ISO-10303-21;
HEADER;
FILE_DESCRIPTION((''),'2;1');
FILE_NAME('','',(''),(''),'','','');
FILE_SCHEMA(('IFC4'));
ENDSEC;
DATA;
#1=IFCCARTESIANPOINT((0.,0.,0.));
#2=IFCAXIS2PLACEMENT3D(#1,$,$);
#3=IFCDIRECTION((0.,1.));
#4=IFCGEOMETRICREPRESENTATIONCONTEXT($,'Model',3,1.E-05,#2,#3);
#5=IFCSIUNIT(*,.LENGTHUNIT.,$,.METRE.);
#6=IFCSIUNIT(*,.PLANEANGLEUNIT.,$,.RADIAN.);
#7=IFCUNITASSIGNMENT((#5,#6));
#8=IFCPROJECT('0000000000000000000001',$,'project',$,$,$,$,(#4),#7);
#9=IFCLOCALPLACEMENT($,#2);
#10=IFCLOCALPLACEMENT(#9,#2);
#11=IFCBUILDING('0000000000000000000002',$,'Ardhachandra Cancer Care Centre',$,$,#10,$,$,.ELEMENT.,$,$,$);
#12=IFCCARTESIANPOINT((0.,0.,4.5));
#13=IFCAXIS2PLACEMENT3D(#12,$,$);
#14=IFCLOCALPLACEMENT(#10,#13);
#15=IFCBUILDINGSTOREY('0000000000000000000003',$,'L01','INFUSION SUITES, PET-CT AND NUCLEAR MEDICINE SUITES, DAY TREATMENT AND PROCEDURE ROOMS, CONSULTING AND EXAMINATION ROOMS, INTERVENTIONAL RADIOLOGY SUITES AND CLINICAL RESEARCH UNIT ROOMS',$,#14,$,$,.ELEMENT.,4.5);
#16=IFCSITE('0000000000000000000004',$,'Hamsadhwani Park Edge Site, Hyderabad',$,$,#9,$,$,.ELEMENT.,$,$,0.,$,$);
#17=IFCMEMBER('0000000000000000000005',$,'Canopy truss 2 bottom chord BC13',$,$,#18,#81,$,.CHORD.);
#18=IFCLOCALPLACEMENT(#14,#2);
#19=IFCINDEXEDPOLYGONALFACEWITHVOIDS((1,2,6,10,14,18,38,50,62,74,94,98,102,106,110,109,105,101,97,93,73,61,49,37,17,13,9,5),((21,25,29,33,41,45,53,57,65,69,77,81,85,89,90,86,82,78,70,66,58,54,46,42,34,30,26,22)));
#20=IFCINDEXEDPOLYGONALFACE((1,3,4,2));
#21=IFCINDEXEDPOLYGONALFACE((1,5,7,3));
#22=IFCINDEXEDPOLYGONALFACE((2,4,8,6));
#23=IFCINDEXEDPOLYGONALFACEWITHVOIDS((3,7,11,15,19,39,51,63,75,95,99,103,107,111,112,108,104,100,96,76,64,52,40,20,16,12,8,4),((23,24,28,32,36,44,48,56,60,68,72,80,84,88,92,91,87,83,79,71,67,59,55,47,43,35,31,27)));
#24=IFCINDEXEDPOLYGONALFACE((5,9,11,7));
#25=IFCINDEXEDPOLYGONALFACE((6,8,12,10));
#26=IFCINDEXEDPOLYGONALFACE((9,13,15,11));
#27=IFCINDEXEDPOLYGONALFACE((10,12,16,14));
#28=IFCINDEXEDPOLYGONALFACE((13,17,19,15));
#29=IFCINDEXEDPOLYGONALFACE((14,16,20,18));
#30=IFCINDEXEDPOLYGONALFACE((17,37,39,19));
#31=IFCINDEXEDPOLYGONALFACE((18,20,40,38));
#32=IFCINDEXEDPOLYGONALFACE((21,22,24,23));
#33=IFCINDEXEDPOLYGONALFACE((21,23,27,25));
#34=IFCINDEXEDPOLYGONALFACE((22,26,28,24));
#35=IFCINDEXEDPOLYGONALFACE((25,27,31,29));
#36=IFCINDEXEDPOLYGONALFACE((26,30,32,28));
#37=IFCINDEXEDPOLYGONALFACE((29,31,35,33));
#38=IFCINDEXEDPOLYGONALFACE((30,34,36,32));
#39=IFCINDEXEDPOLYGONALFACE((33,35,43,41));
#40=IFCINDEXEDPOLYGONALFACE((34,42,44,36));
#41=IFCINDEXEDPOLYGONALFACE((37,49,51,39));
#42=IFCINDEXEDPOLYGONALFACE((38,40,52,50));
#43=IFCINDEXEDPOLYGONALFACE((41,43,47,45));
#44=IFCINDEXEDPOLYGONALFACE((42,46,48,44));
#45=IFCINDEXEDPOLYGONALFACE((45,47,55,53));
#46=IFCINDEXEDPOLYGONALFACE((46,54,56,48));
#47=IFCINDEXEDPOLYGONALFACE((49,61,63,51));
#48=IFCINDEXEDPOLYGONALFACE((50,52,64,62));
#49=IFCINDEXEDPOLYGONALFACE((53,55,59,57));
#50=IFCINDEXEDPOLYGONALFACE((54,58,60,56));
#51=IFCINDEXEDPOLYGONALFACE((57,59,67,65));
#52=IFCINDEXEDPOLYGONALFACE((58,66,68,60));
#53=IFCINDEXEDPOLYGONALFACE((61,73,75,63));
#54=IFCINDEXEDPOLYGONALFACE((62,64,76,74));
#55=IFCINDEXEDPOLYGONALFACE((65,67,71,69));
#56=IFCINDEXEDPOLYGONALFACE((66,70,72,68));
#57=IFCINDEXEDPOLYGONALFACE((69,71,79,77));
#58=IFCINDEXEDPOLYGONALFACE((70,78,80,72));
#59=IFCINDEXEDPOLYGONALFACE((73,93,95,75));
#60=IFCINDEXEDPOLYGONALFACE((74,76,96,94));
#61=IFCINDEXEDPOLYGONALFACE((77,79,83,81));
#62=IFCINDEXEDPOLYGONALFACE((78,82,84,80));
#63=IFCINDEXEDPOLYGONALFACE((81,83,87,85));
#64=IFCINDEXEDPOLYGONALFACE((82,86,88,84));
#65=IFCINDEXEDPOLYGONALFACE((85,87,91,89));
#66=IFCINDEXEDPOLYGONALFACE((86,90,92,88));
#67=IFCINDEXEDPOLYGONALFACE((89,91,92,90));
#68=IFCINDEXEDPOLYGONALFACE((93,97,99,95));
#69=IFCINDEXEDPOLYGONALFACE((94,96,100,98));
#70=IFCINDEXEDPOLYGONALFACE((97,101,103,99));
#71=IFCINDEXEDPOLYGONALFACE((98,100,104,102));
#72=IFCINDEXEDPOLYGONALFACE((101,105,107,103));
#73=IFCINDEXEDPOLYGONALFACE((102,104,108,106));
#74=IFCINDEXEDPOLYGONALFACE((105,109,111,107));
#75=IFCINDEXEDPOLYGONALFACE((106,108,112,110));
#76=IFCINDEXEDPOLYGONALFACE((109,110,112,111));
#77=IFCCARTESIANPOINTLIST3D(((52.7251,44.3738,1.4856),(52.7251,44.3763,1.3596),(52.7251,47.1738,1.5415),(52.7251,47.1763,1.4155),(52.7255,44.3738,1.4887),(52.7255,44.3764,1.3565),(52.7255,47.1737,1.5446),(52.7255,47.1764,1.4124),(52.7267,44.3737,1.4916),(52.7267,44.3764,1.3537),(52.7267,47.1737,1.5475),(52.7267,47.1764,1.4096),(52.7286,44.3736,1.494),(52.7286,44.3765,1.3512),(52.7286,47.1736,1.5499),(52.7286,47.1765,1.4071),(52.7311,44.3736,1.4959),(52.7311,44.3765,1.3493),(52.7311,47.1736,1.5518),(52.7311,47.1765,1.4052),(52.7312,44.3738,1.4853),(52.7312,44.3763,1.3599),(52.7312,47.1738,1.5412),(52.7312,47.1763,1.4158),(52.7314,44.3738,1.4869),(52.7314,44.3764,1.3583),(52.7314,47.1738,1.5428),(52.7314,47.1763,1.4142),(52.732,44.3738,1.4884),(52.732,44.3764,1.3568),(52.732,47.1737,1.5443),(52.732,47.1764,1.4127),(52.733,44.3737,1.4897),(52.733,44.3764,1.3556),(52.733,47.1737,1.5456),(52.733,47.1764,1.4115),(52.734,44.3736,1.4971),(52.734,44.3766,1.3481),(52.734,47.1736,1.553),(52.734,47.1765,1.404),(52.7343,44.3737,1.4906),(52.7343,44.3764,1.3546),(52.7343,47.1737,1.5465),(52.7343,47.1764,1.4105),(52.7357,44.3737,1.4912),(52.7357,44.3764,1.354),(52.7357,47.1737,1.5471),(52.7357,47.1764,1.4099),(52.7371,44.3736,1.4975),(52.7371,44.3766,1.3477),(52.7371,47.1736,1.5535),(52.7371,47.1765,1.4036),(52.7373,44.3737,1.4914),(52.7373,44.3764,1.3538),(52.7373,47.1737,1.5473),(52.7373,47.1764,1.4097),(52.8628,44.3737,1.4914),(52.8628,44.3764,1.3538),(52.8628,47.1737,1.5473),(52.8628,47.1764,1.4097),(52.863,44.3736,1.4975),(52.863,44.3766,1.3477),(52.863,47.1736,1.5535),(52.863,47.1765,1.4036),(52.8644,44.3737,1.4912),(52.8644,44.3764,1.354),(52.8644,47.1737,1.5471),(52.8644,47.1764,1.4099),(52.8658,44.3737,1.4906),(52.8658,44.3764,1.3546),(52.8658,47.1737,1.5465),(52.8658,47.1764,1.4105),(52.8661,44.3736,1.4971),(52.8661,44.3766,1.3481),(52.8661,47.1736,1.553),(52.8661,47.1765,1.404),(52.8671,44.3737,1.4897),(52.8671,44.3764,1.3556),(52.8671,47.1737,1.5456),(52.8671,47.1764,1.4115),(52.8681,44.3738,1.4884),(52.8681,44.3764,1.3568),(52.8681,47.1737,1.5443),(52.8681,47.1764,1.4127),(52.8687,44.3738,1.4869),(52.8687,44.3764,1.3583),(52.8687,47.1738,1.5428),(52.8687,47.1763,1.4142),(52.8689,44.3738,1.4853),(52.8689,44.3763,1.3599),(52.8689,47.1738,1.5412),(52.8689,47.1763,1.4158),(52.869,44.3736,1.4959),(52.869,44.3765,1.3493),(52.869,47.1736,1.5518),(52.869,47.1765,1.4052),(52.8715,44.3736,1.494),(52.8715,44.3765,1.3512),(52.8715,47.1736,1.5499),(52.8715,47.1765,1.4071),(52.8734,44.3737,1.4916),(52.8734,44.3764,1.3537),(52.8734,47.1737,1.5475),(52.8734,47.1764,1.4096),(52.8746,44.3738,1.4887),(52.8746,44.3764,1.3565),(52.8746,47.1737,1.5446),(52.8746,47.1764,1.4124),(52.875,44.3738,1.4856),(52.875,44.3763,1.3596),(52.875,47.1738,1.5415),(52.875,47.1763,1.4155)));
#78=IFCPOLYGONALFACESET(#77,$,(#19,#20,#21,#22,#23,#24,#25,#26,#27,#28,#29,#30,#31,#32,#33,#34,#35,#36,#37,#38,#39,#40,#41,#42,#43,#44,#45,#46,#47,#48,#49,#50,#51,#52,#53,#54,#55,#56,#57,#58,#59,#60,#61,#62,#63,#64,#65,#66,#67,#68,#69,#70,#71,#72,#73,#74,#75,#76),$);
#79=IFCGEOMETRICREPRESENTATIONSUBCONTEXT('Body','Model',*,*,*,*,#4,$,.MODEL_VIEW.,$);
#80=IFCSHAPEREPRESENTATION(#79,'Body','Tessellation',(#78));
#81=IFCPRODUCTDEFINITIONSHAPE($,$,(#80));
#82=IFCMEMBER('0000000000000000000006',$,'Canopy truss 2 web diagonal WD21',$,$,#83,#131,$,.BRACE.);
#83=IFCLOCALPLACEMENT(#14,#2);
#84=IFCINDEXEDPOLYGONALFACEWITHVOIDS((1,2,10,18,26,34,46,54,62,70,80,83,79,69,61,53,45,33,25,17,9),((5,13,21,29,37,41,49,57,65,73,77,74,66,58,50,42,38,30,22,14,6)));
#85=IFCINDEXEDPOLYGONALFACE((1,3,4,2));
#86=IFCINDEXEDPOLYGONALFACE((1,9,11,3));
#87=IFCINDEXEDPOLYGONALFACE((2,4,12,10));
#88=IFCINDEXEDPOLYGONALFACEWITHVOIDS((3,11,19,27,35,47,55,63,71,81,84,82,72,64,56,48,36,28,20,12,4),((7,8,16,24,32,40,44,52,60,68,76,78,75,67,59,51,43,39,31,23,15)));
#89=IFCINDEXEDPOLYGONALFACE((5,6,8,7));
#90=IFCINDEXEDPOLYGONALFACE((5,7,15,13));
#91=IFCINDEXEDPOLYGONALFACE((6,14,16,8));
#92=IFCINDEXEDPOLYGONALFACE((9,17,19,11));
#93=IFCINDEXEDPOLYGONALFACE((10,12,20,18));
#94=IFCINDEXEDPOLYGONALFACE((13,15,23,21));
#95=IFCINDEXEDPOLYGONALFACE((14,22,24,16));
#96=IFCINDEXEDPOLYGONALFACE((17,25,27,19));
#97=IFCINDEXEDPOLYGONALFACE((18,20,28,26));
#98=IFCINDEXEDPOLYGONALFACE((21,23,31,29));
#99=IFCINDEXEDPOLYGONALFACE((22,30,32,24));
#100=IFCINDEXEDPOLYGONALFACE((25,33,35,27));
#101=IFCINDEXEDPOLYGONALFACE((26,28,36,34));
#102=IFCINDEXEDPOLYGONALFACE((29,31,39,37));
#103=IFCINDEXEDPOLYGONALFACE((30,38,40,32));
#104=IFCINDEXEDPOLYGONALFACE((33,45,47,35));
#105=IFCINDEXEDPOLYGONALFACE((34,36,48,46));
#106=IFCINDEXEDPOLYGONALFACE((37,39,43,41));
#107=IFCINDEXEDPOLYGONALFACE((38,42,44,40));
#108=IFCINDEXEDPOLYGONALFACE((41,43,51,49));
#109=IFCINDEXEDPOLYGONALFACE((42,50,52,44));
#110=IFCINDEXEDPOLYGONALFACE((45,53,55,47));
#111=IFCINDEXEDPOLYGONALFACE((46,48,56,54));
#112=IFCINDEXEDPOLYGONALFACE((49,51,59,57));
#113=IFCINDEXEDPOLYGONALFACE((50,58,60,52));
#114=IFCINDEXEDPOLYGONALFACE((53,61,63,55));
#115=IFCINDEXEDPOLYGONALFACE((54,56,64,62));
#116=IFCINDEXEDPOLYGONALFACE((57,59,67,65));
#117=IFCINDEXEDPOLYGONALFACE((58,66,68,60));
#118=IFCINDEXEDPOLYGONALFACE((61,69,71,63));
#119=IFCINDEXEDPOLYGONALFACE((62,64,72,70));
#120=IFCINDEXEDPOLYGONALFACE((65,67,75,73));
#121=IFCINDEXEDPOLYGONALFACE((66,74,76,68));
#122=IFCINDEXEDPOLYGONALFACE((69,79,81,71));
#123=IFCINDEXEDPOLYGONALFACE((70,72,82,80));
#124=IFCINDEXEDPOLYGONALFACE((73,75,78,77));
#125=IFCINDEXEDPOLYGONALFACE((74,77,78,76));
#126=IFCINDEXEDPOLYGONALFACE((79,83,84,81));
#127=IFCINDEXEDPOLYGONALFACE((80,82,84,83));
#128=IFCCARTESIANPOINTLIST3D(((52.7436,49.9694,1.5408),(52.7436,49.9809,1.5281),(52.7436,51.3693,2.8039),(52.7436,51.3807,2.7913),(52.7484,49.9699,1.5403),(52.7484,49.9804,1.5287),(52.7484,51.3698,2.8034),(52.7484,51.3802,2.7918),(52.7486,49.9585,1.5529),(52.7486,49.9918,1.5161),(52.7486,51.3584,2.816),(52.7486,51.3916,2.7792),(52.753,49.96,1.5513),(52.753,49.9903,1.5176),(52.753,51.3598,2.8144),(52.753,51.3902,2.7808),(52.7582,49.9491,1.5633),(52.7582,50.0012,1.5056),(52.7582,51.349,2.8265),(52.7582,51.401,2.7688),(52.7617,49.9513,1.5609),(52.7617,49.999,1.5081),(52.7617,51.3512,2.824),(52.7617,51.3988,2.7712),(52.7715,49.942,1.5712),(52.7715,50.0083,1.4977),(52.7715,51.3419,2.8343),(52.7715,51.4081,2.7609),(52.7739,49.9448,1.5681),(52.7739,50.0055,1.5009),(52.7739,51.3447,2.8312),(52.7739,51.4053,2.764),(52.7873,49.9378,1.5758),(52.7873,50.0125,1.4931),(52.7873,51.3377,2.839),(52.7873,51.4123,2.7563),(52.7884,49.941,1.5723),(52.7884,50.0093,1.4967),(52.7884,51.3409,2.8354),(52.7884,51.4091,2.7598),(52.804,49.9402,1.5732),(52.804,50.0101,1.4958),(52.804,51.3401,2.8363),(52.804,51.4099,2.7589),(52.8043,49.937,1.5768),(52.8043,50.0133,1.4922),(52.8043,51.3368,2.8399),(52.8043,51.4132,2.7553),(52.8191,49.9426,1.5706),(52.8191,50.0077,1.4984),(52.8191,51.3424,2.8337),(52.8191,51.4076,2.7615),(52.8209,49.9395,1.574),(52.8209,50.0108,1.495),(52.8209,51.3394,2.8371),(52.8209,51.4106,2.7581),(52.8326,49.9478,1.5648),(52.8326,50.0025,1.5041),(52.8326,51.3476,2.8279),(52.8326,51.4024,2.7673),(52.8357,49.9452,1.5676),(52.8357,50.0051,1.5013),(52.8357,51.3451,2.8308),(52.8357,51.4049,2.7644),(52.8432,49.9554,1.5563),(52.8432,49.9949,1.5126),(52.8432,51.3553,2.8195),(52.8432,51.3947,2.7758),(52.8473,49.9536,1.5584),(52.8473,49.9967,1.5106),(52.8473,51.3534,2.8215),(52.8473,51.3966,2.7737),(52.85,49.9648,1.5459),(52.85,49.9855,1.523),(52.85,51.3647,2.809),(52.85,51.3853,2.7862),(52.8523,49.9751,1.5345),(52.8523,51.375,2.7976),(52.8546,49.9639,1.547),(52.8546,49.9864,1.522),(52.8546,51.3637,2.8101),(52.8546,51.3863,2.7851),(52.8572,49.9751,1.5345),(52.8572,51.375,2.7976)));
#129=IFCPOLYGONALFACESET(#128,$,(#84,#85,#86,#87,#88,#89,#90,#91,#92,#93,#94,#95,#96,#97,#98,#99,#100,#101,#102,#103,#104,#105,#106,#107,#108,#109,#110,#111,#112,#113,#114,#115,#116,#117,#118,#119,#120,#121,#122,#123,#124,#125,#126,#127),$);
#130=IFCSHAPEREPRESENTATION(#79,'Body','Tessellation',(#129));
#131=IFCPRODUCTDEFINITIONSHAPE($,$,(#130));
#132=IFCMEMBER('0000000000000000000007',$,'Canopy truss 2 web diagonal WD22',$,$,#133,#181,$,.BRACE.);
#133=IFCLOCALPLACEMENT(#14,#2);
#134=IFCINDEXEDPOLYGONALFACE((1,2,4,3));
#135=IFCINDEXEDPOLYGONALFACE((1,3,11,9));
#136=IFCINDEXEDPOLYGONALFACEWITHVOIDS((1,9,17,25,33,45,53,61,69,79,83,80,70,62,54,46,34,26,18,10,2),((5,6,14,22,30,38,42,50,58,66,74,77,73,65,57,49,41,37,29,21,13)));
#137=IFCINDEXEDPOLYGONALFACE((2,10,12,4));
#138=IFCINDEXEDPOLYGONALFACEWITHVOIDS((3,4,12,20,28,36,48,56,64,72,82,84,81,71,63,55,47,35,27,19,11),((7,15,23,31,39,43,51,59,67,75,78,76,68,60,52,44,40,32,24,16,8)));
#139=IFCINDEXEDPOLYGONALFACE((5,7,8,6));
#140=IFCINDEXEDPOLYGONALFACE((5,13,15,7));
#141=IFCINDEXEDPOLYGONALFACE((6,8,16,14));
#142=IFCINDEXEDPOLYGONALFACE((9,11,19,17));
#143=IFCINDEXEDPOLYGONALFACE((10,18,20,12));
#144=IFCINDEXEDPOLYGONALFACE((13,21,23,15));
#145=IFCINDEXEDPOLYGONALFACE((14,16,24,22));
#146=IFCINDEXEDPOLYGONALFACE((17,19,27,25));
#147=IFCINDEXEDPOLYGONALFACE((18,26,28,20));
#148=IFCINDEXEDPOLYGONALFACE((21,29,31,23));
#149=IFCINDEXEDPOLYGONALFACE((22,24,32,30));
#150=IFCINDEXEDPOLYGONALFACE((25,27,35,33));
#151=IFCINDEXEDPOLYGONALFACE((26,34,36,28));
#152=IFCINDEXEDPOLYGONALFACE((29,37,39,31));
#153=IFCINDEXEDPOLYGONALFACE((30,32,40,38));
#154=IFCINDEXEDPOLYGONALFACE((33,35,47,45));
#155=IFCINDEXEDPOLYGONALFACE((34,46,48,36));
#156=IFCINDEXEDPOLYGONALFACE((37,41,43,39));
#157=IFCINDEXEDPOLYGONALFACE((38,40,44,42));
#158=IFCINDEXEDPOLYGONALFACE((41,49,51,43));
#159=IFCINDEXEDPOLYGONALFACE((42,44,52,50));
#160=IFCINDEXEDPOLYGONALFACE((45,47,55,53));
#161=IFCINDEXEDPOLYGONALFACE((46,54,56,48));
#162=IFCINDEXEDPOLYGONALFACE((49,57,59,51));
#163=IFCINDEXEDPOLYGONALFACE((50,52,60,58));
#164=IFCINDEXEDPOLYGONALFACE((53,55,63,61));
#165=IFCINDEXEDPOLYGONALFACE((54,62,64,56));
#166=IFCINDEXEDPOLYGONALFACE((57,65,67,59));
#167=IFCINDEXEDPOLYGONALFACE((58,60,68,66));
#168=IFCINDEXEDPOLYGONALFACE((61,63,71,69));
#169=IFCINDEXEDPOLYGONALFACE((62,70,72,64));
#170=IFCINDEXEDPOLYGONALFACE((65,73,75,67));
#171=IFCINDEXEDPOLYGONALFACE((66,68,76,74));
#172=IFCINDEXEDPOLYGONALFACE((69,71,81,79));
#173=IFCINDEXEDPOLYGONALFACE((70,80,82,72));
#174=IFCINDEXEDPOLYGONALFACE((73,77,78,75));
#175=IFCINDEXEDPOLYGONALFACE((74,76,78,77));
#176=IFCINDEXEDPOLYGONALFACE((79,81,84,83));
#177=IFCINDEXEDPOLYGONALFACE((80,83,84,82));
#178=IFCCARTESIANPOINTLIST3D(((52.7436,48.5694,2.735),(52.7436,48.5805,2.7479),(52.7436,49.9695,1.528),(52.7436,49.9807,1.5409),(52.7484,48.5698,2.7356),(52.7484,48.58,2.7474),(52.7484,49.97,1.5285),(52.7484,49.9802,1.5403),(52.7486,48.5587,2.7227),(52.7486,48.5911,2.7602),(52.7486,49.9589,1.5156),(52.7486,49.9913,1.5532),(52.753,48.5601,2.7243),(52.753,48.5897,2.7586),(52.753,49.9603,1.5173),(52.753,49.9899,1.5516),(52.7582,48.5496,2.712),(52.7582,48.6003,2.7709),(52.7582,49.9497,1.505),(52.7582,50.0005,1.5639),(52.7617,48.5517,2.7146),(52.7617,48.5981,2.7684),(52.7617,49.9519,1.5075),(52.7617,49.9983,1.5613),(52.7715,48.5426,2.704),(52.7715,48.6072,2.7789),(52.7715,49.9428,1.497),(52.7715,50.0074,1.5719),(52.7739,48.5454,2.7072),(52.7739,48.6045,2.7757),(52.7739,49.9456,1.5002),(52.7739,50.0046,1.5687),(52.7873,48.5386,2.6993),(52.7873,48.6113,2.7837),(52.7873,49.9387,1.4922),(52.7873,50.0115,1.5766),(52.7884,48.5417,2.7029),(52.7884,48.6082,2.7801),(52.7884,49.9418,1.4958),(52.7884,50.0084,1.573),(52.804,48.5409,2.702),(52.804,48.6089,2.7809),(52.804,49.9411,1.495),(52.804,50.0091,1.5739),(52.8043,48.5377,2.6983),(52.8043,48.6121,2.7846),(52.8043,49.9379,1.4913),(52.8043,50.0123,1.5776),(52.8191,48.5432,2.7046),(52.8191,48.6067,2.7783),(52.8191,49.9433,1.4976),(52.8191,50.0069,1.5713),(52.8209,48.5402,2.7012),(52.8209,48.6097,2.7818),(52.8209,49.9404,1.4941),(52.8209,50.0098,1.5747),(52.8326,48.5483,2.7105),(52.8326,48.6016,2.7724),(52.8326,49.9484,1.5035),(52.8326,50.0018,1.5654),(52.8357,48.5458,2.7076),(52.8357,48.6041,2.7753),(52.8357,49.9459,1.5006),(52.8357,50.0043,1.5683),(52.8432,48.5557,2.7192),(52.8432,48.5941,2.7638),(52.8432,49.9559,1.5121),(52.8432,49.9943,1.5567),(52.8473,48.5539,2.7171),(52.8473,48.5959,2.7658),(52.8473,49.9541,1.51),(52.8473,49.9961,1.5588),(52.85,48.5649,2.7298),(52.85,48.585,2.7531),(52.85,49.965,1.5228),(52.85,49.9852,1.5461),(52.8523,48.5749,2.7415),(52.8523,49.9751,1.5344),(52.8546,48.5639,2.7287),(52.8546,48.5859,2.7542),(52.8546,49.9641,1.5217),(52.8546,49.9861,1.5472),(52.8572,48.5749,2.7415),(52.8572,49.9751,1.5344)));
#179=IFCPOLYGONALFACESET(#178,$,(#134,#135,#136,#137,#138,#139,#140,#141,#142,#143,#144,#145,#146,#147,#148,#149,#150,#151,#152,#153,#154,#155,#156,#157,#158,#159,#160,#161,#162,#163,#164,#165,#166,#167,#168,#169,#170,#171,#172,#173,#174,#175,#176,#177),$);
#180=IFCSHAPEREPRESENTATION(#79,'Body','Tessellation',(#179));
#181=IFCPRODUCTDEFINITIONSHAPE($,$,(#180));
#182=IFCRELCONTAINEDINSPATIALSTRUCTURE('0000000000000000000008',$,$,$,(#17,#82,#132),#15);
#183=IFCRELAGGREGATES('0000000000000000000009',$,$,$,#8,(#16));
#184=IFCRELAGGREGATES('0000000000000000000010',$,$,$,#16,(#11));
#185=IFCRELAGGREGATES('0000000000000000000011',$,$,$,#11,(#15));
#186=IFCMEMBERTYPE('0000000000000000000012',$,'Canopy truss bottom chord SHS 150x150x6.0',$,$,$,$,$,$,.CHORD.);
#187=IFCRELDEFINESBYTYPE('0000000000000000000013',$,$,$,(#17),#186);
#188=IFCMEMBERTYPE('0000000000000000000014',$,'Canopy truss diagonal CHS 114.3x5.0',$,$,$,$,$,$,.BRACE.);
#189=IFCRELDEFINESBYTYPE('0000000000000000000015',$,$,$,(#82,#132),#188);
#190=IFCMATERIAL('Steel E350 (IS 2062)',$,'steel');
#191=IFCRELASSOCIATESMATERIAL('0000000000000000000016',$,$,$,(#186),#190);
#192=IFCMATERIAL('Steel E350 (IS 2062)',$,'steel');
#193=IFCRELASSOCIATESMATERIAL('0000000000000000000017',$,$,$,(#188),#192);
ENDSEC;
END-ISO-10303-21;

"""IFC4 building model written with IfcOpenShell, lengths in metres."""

from ifc_helpers import new_model, si_unit, direction, frame, origin, origin_2d, place, context, subcontext, project, spatial, hollow_rectangle, hollow_circle, extrude, material, material_profile, profile_set, type_object, element, save


model = new_model("IFC4")

# Units and contexts
model_context = context("Model", 3, precision=1e-05, world=origin(), true_north=direction((0.0, 1.0)))
body_context = subcontext(model_context, "Body", "Model", "MODEL_VIEW")
ifc_project = project(units=[si_unit("LENGTHUNIT", "METRE"), si_unit("PLANEANGLEUNIT", "RADIAN")], contexts=[model_context])

# Site, building, storey
site_placement = place(None, origin())
site = spatial("IfcSite", under=ifc_project, at=site_placement, Name="Hamsadhwani Park Edge Site, Hyderabad", CompositionType="ELEMENT", RefElevation=0.0)
building_placement = place(site_placement, origin())
building = spatial("IfcBuilding", under=site, at=building_placement, Name="Ardhachandra Cancer Care Centre", CompositionType="ELEMENT")
storey_placement = place(building_placement, frame((0.0, 0.0, 4.5)))
storey = spatial("IfcBuildingStorey", under=building, at=storey_placement, Name="L01", Description="INFUSION SUITES, PET-CT AND NUCLEAR MEDICINE SUITES, DAY TREATMENT AND PROCEDURE ROOMS, CONSULTING AND EXAMINATION ROOMS, INTERVENTIONAL RADIOLOGY SUITES AND CLINICAL RESEARCH UNIT ROOMS", CompositionType="ELEMENT", Elevation=4.5)

# Members
ifc_material_1 = material(Name="Steel E350 (IS 2062)", Category="steel")
ifc_material_profile_1 = material_profile(ifc_material_1, hollow_rectangle(XDim=0.1499, YDim=0.1499, WallThickness=0.0061, InnerFilletRadius=0.0061, OuterFilletRadius=0.012, at=origin_2d()), Name="SHS 150x150x6.0")
ifc_profile_set_1 = profile_set([ifc_material_profile_1], Name="Steel E350 (IS 2062)")
member_type_1 = type_object("IfcMemberType", Name="Canopy truss bottom chord SHS 150x150x6.0", PredefinedType="CHORD", material=ifc_profile_set_1)
for number, where, z_axis, x_axis, name in (
    (1, (52.8, 47.175, 1.4785), (0.0, -0.999801, -0.019963), (1.0, 0.0, 0.0), "Canopy truss 2 bottom chord BC13"),
):
    element("IfcMember", number, at=place(storey_placement, frame(where, z_axis=z_axis, x_axis=x_axis)), inside=storey, type_object=member_type_1, Name=name, PredefinedType="CHORD", context=body_context, shape_type="SweptSolid", body=[
        extrude(hollow_rectangle(XDim=0.1499, YDim=0.1499, WallThickness=0.0061, InnerFilletRadius=0.0061, OuterFilletRadius=0.012, at=origin_2d()), origin(), (0.0, 0.0, 1.0), 2.8005),
    ])
ifc_material_2 = material(Name="Steel E350 (IS 2062)", Category="steel")
ifc_material_profile_2 = material_profile(ifc_material_2, hollow_circle(Radius=0.0571, WallThickness=0.0049, at=origin_2d()), Name="CHS 114.3x5.0")
ifc_profile_set_2 = profile_set([ifc_material_profile_2], Name="Steel E350 (IS 2062)")
member_type_2 = type_object("IfcMemberType", Name="Canopy truss diagonal CHS 114.3x5.0", PredefinedType="BRACE", material=ifc_profile_set_2)
member_1_placement = place(storey_placement, frame((52.8, 51.375, 2.7976), z_axis=(0.0, -0.742431, -0.669923), x_axis=(1.0, 0.0, 0.0)))
element("IfcMember", 2, at=member_1_placement, inside=storey, type_object=member_type_2, Name="Canopy truss 2 web diagonal WD21", PredefinedType="BRACE", context=body_context, shape_type="SweptSolid", body=[
    extrude(hollow_circle(Radius=0.0571, WallThickness=0.0049, at=origin_2d()), origin(), (0.0, 0.0, 1.0), 1.8855),
])
member_2_placement = place(storey_placement, frame((52.8, 49.9751, 1.5344), z_axis=(0.0, -0.757408, 0.652942), x_axis=(1.0, 0.0, 0.0)))
element("IfcMember", 3, at=member_2_placement, inside=storey, type_object=member_type_2, Name="Canopy truss 2 web diagonal WD22", PredefinedType="BRACE", context=body_context, shape_type="SweptSolid", body=[
    extrude(hollow_circle(Radius=0.0571, WallThickness=0.0049, at=origin_2d()), origin(), (0.0, 0.0, 1.0), 1.8486),
])

save(model, "model.ifc")
